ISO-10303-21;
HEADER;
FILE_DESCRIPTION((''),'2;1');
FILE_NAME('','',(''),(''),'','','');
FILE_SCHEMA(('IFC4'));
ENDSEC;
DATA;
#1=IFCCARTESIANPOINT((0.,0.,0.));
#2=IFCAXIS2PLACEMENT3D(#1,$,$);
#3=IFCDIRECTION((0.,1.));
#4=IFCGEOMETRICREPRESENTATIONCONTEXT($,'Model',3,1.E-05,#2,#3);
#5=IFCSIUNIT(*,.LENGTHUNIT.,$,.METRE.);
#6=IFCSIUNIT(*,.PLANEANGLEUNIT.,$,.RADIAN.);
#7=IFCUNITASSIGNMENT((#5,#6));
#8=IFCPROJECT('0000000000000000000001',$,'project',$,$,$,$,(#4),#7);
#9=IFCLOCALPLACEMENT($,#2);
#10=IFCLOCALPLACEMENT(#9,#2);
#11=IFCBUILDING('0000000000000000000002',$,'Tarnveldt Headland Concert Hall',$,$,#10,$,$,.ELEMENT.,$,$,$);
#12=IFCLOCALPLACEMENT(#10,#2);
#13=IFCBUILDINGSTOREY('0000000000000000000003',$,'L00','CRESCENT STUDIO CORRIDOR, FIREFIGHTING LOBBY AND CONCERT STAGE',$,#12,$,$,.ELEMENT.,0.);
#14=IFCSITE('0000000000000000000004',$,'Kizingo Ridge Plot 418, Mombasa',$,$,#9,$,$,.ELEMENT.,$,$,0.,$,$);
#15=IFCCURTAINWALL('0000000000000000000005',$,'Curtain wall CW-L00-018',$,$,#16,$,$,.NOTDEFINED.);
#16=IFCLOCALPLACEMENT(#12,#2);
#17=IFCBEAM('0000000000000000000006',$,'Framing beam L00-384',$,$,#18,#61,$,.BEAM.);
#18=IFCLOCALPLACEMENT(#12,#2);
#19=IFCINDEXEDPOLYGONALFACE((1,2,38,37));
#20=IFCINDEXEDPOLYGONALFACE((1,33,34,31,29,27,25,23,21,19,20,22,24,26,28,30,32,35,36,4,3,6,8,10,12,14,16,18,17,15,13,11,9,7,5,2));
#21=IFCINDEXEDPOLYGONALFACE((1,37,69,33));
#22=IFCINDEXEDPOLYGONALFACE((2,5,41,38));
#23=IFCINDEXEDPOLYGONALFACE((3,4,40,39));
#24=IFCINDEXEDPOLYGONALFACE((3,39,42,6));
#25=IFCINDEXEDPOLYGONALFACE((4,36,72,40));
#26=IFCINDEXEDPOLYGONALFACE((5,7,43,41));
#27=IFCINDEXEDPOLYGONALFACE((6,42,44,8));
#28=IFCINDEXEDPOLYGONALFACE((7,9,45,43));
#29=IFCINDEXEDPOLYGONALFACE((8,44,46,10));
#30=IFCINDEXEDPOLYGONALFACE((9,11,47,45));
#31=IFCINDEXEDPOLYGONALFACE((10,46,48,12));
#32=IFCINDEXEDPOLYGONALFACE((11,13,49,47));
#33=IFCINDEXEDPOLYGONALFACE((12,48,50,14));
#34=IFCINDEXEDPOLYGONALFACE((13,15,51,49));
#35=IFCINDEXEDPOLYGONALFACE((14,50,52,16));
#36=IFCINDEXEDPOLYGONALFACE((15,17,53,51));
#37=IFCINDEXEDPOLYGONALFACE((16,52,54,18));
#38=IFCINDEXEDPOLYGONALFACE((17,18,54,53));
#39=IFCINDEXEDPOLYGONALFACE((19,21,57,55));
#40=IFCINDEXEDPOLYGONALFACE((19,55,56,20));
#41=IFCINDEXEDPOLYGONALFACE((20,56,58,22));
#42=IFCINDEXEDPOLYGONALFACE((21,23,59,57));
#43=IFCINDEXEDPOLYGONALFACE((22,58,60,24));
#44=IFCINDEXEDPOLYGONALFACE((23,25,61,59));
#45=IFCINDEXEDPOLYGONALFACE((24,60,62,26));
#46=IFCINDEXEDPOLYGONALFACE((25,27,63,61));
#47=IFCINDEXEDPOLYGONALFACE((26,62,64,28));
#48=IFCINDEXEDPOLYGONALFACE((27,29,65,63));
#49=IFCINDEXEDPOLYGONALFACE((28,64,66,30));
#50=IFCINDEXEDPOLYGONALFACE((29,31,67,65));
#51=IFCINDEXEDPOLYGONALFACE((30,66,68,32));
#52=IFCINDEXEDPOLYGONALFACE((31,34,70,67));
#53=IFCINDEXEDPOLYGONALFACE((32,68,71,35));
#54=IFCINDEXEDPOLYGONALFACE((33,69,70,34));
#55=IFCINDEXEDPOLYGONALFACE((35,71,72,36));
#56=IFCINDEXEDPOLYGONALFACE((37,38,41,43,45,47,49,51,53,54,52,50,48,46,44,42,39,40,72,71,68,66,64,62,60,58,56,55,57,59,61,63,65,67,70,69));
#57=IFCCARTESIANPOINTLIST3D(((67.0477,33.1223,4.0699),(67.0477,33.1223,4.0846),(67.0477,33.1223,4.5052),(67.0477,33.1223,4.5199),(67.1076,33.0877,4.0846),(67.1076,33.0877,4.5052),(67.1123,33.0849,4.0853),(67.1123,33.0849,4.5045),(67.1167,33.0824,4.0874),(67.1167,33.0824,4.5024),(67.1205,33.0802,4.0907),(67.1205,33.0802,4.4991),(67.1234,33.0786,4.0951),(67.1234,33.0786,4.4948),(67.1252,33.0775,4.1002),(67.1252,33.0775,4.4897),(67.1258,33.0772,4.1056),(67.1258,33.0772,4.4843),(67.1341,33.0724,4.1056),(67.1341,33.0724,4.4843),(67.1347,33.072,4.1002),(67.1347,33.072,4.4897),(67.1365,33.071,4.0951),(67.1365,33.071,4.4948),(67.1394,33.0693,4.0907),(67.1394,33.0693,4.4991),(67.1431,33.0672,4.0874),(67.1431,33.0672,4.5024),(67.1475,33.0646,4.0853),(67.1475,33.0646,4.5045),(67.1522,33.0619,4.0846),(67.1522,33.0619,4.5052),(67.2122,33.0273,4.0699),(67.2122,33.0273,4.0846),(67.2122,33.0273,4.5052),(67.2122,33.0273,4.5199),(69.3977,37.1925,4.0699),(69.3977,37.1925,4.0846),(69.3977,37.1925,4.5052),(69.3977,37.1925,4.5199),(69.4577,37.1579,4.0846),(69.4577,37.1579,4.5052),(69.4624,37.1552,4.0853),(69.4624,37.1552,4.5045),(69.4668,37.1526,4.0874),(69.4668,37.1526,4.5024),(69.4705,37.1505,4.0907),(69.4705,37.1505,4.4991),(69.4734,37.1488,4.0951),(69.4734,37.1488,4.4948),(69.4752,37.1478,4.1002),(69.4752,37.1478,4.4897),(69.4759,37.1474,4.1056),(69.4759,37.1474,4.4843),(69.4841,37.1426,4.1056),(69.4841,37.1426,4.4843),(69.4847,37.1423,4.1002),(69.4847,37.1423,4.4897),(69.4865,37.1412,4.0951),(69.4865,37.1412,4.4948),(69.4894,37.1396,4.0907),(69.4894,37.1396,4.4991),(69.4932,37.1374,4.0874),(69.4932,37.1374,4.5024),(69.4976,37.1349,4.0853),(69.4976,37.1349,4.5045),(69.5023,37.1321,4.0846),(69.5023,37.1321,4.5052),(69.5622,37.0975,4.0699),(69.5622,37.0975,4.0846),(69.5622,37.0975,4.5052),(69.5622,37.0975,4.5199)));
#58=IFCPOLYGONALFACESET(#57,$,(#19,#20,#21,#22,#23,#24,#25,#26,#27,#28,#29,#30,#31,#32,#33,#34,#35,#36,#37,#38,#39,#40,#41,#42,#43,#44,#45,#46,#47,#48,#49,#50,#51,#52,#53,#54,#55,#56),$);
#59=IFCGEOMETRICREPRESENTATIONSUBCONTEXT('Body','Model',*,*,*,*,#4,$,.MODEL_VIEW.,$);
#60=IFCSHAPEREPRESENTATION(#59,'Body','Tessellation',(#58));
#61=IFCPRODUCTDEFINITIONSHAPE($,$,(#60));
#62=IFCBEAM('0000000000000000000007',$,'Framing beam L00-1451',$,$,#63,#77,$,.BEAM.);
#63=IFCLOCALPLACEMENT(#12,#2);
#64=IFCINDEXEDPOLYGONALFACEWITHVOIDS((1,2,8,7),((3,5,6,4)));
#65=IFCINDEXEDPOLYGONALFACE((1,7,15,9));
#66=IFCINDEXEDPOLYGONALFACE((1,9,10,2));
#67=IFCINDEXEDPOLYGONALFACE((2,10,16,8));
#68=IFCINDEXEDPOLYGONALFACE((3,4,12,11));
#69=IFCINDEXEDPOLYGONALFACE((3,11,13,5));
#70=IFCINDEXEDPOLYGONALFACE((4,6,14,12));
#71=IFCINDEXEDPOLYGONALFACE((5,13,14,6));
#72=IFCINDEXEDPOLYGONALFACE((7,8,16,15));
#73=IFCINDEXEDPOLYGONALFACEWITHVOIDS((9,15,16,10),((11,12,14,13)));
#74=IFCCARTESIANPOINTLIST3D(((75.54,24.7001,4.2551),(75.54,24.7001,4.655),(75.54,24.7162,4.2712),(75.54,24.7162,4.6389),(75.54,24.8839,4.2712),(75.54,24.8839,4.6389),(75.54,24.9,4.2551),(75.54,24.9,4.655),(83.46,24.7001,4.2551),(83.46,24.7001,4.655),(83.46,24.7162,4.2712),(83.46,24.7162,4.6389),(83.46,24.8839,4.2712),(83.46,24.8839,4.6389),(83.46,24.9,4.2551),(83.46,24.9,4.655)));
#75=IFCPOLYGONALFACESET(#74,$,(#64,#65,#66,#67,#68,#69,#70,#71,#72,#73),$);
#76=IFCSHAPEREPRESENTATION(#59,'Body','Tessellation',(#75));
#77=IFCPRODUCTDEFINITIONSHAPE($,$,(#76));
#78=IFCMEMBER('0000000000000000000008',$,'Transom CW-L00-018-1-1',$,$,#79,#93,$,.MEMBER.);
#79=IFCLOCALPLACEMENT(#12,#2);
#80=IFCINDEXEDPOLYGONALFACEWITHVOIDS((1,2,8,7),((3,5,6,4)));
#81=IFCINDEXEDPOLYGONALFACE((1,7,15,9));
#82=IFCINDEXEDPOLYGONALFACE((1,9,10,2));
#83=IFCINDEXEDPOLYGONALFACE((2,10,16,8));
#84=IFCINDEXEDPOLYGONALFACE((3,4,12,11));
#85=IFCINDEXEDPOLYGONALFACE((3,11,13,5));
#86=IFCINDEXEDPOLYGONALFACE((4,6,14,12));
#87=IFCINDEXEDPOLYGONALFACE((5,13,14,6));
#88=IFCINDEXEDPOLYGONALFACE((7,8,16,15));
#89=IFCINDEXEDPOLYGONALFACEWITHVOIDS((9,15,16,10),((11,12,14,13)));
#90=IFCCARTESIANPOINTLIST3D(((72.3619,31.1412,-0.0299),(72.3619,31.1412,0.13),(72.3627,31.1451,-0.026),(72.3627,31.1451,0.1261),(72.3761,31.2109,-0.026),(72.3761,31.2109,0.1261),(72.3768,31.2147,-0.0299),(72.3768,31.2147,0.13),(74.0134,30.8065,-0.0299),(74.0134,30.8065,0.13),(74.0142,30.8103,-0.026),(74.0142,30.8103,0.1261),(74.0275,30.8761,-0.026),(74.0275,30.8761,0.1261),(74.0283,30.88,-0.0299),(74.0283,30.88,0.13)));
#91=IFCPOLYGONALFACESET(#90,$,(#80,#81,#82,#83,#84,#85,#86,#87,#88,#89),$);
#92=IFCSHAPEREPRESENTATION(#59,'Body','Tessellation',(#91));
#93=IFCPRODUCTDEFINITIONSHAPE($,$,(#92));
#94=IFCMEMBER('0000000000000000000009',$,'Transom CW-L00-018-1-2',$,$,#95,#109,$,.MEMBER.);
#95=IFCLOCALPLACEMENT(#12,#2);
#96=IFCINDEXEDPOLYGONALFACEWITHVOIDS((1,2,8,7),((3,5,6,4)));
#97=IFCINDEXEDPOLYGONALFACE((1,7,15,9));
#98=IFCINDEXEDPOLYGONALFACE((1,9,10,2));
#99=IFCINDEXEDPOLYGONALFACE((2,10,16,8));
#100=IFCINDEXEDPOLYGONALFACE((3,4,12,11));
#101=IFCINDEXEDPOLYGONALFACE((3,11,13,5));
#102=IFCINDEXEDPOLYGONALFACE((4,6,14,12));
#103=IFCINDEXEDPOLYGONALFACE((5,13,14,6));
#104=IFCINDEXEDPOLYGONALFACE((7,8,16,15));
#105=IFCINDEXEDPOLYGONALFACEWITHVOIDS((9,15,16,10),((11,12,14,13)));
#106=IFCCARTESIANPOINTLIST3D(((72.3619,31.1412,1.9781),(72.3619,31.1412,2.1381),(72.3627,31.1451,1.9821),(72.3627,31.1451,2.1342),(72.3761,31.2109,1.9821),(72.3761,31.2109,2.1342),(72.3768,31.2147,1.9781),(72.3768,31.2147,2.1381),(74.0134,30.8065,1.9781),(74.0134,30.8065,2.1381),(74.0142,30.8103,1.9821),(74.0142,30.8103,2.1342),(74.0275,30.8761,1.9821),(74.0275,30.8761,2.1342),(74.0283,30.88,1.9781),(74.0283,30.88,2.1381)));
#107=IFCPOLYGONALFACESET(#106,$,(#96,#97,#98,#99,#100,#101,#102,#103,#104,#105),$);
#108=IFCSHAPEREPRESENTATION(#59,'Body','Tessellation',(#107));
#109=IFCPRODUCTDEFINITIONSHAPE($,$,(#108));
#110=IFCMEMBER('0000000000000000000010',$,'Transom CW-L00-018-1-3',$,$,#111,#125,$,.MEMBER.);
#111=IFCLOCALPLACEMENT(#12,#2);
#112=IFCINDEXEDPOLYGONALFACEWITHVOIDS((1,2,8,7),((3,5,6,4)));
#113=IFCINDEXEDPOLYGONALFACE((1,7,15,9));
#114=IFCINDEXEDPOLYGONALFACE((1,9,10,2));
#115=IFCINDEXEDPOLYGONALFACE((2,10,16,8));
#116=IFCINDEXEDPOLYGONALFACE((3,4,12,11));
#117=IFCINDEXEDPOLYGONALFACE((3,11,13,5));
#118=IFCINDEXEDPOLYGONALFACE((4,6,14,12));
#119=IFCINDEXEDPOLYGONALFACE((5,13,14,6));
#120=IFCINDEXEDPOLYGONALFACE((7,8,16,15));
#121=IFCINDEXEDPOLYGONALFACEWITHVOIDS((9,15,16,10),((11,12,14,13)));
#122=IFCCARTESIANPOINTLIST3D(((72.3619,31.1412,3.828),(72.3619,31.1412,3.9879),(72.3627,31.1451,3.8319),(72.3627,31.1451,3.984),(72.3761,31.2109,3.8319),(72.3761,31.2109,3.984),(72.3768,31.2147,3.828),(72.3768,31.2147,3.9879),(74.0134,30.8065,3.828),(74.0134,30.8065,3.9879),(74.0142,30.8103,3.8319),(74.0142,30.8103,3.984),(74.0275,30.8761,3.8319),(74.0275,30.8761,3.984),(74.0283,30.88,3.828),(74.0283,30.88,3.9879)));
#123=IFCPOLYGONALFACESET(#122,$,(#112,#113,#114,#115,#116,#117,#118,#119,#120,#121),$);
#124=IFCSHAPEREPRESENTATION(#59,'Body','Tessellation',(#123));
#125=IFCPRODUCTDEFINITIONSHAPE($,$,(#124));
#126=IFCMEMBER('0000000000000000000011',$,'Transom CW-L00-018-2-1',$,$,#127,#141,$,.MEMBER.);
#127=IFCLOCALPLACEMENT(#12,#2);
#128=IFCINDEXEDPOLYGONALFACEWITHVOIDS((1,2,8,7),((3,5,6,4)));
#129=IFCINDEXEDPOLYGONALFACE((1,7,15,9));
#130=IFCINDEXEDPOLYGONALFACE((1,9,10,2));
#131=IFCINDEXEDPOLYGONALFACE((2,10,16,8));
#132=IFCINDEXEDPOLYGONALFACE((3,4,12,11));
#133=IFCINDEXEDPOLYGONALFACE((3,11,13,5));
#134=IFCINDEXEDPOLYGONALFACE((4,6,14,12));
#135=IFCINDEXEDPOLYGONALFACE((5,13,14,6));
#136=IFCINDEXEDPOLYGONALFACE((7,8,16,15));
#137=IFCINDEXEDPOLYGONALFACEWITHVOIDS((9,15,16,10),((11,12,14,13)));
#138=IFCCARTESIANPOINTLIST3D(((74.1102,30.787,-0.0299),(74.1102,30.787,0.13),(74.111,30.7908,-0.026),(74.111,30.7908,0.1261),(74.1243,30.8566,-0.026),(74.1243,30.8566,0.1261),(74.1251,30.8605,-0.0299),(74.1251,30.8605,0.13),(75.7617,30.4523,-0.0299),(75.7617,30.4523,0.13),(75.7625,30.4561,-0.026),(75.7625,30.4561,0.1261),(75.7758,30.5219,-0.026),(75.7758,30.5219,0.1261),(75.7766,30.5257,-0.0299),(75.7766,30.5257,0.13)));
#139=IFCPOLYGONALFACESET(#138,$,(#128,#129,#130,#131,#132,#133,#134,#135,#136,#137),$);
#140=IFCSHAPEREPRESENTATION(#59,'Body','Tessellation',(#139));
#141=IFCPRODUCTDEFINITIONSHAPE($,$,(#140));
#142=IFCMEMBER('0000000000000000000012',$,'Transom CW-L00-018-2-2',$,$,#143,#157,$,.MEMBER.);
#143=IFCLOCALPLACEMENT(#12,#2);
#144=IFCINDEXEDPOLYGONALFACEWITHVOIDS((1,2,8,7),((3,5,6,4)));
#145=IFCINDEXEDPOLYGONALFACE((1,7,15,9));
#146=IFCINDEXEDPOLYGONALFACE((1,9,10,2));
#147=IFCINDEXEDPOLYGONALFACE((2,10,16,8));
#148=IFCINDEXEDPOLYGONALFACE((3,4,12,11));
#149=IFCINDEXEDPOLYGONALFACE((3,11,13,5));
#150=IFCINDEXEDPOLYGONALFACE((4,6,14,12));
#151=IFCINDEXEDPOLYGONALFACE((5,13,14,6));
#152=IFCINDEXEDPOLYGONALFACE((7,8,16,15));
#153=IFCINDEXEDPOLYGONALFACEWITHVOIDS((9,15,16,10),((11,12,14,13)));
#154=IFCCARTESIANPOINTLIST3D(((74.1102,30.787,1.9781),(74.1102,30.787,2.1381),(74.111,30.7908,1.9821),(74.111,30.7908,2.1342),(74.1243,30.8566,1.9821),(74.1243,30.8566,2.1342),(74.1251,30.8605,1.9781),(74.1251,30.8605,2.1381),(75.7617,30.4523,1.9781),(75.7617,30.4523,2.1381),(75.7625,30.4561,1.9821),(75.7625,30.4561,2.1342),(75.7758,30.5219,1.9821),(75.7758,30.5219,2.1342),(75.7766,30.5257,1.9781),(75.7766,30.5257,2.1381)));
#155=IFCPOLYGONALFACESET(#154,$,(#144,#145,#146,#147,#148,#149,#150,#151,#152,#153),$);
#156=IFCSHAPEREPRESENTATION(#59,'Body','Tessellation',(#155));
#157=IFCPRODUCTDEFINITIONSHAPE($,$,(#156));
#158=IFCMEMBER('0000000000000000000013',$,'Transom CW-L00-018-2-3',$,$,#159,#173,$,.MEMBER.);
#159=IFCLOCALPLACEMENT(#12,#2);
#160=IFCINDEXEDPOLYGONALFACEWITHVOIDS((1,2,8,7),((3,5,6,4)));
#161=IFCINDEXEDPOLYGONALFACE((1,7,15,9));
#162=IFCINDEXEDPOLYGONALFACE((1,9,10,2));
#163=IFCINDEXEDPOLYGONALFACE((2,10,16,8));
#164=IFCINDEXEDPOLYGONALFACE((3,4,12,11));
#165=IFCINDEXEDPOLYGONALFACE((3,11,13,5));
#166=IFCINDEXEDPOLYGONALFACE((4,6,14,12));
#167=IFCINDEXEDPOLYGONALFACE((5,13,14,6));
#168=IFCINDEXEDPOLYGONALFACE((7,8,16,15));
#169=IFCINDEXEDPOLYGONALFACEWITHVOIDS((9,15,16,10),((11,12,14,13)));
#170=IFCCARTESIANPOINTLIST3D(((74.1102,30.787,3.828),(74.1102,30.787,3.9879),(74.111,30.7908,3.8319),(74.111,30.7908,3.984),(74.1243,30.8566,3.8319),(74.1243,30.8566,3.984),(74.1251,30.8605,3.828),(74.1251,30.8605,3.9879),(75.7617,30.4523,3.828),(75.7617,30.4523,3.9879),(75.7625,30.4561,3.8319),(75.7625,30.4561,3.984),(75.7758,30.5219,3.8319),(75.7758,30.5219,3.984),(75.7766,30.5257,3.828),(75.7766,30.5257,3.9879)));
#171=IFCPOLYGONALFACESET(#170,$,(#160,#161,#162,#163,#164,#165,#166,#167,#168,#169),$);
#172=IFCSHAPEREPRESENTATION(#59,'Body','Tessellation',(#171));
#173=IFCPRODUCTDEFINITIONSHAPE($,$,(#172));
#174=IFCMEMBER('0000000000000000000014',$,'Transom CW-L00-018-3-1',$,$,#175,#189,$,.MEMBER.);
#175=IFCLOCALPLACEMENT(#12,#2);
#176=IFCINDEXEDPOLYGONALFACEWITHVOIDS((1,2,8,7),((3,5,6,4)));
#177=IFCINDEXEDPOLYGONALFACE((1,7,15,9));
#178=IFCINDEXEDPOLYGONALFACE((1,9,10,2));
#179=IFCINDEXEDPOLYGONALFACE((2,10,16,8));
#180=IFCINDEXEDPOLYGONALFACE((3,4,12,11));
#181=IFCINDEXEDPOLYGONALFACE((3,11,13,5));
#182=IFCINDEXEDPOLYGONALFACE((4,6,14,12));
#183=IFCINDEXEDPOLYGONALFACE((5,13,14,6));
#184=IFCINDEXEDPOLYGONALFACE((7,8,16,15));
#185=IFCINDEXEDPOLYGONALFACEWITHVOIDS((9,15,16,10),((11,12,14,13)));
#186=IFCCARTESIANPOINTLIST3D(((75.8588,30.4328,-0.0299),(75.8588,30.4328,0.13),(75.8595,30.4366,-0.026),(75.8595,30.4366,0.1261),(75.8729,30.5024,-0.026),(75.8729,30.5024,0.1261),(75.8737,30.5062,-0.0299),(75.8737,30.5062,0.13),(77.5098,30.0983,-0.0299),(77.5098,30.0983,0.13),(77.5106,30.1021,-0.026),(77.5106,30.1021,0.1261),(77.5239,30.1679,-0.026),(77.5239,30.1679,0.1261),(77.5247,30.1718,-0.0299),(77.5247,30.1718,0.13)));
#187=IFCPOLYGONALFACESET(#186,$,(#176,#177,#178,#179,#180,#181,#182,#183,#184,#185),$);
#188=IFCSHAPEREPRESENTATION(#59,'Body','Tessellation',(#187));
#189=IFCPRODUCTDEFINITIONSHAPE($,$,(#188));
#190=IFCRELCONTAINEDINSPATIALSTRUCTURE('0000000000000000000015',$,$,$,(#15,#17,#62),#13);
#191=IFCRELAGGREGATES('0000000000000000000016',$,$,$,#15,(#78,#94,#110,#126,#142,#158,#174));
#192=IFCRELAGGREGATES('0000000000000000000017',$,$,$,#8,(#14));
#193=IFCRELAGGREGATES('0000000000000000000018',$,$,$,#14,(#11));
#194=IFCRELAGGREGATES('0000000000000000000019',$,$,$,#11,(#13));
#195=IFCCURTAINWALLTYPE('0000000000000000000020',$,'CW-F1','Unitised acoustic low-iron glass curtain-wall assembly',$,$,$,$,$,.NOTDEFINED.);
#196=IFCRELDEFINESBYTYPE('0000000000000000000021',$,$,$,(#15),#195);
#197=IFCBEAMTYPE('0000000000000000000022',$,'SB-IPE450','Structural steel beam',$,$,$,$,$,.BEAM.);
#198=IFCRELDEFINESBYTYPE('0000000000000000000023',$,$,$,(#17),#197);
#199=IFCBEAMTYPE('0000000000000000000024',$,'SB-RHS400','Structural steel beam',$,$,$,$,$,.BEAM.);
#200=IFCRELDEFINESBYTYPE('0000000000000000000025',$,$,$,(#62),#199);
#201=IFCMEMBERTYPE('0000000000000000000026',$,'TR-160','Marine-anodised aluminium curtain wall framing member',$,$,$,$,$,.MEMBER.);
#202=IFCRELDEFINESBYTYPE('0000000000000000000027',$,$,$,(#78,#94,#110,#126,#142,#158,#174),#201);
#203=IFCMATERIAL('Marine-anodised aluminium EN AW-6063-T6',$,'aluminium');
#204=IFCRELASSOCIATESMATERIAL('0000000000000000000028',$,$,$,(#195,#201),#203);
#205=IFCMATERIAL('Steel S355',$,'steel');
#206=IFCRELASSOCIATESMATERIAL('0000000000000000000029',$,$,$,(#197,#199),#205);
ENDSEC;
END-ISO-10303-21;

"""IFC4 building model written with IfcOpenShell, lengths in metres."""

from ifc_helpers import new_model, si_unit, direction, frame, origin, origin_2d, place, context, subcontext, project, spatial, hollow_rectangle, i_section, extrude, material, material_profile, profile_set, type_object, element, aggregate, save


model = new_model("IFC4")

# Units and contexts
model_context = context("Model", 3, precision=1e-05, world=origin(), true_north=direction((0.0, 1.0)))
body_context = subcontext(model_context, "Body", "Model", "MODEL_VIEW")
ifc_project = project(units=[si_unit("LENGTHUNIT", "METRE"), si_unit("PLANEANGLEUNIT", "RADIAN")], contexts=[model_context])

# Site, building, storey
site_placement = place(None, origin())
site = spatial("IfcSite", under=ifc_project, at=site_placement, Name="Kizingo Ridge Plot 418, Mombasa", CompositionType="ELEMENT", RefElevation=0.0)
building_placement = place(site_placement, origin())
building = spatial("IfcBuilding", under=site, at=building_placement, Name="Tarnveldt Headland Concert Hall", CompositionType="ELEMENT")
storey_placement = place(building_placement, origin())
storey = spatial("IfcBuildingStorey", under=building, at=storey_placement, Name="L00", Description="CRESCENT STUDIO CORRIDOR, FIREFIGHTING LOBBY AND CONCERT STAGE", CompositionType="ELEMENT", Elevation=0.0)

# Shared definitions
ifc_material_1 = material(Name="Steel S355", Category="steel")

# Shared definitions
ifc_material_2 = material(Name="Marine-anodised aluminium EN AW-6063-T6", Category="aluminium")

# Curtain wall
curtain_wall_type_1 = type_object("IfcCurtainWallType", Name="CW-F1", Description="Unitised acoustic low-iron glass curtain-wall assembly", PredefinedType="NOTDEFINED", material=ifc_material_2)
curtain_wall_1_placement = place(storey_placement, origin())
curtain_wall_1 = element("IfcCurtainWall", 1, at=curtain_wall_1_placement, inside=storey, type_object=curtain_wall_type_1, Name="Curtain wall CW-L00-018", PredefinedType="NOTDEFINED")

# Beams
ifc_material_profile_1 = material_profile(ifc_material_1, i_section(OverallWidth=0.1899, OverallDepth=0.45, WebThickness=0.0095, FlangeThickness=0.0146, FilletRadius=0.021, at=origin_2d()), Name="IPE450", Category="steel")
ifc_profile_set_1 = profile_set([ifc_material_profile_1], Name="Steel S355")
beam_type_1 = type_object("IfcBeamType", Name="SB-IPE450", Description="Structural steel beam", PredefinedType="BEAM", material=ifc_profile_set_1)
beam_1_placement = place(storey_placement, frame((69.48, 37.145, 4.2949), z_axis=(-0.500016, -0.866016, 0.0), x_axis=(0.866016, -0.500016, 0.0)))
element("IfcBeam", 2, at=beam_1_placement, inside=storey, type_object=beam_type_1, Name="Framing beam L00-384", PredefinedType="BEAM", context=body_context, shape_type="SweptSolid", body=[
    extrude(i_section(OverallWidth=0.1899, OverallDepth=0.45, WebThickness=0.0095, FlangeThickness=0.0146, FilletRadius=0.021, at=origin_2d()), origin(), (0.0, 0.0, 1.0), 4.7),
])
ifc_material_profile_2 = material_profile(ifc_material_1, hollow_rectangle(XDim=0.2, YDim=0.3999, WallThickness=0.0161, at=origin_2d()), Name="RHS 400x200x16", Category="steel")
ifc_profile_set_2 = profile_set([ifc_material_profile_2], Name="Steel S355")
beam_type_2 = type_object("IfcBeamType", Name="SB-RHS400", Description="Structural steel beam", PredefinedType="BEAM", material=ifc_profile_set_2)
beam_2_placement = place(storey_placement, frame((75.54, 24.8, 4.4551), z_axis=(1.0, 0.0, 0.0), x_axis=(0.0, 1.0, 0.0)))
element("IfcBeam", 3, at=beam_2_placement, inside=storey, type_object=beam_type_2, Name="Framing beam L00-1451", PredefinedType="BEAM", context=body_context, shape_type="SweptSolid", body=[
    extrude(hollow_rectangle(XDim=0.2, YDim=0.3999, WallThickness=0.0161, at=origin_2d()), origin(), (0.0, 0.0, 1.0), 7.9199),
])

# Members
ifc_material_profile_3 = material_profile(ifc_material_2, hollow_rectangle(XDim=0.075, YDim=0.1599, WallThickness=0.0039, at=origin_2d()), Name="ALU TRANSOM 75x160x4", Category="aluminium")
ifc_profile_set_3 = profile_set([ifc_material_profile_3], Name="Marine-anodised aluminium EN AW-6063-T6")
member_type_1 = type_object("IfcMemberType", Name="TR-160", Description="Marine-anodised aluminium curtain wall framing member", PredefinedType="MEMBER", material=ifc_profile_set_3)
member_1_placement = place(storey_placement, frame((72.3694, 31.178, 0.05), z_axis=(0.98007, -0.198651, 0.0), x_axis=(0.198651, 0.98007, 0.0)))
member_1 = element("IfcMember", 4, at=member_1_placement, type_object=member_type_1, Name="Transom CW-L00-018-1-1", PredefinedType="MEMBER", context=body_context, shape_type="SweptSolid", body=[
    extrude(hollow_rectangle(XDim=0.075, YDim=0.1599, WallThickness=0.0039, at=origin_2d()), origin(), (0.0, 0.0, 1.0), 1.6851),
])
member_2_placement = place(storey_placement, frame((72.3694, 31.178, 2.0581), z_axis=(0.98007, -0.198651, 0.0), x_axis=(0.198651, 0.98007, 0.0)))
member_2 = element("IfcMember", 5, at=member_2_placement, type_object=member_type_1, Name="Transom CW-L00-018-1-2", PredefinedType="MEMBER", context=body_context, shape_type="SweptSolid", body=[
    extrude(hollow_rectangle(XDim=0.075, YDim=0.1599, WallThickness=0.0039, at=origin_2d()), origin(), (0.0, 0.0, 1.0), 1.6851),
])
member_3_placement = place(storey_placement, frame((72.3694, 31.178, 3.908), z_axis=(0.98007, -0.198651, 0.0), x_axis=(0.198651, 0.98007, 0.0)))
member_3 = element("IfcMember", 6, at=member_3_placement, type_object=member_type_1, Name="Transom CW-L00-018-1-3", PredefinedType="MEMBER", context=body_context, shape_type="SweptSolid", body=[
    extrude(hollow_rectangle(XDim=0.075, YDim=0.1599, WallThickness=0.0039, at=origin_2d()), origin(), (0.0, 0.0, 1.0), 1.6851),
])
member_4_placement = place(storey_placement, frame((74.1177, 30.8237, 0.05), z_axis=(0.98007, -0.198651, 0.0), x_axis=(0.198651, 0.98007, 0.0)))
member_4 = element("IfcMember", 7, at=member_4_placement, type_object=member_type_1, Name="Transom CW-L00-018-2-1", PredefinedType="MEMBER", context=body_context, shape_type="SweptSolid", body=[
    extrude(hollow_rectangle(XDim=0.075, YDim=0.1599, WallThickness=0.0039, at=origin_2d()), origin(), (0.0, 0.0, 1.0), 1.6851),
])
member_5_placement = place(storey_placement, frame((74.1177, 30.8237, 2.0581), z_axis=(0.98007, -0.198651, 0.0), x_axis=(0.198651, 0.98007, 0.0)))
member_5 = element("IfcMember", 8, at=member_5_placement, type_object=member_type_1, Name="Transom CW-L00-018-2-2", PredefinedType="MEMBER", context=body_context, shape_type="SweptSolid", body=[
    extrude(hollow_rectangle(XDim=0.075, YDim=0.1599, WallThickness=0.0039, at=origin_2d()), origin(), (0.0, 0.0, 1.0), 1.6851),
])
member_6_placement = place(storey_placement, frame((74.1177, 30.8237, 3.908), z_axis=(0.98007, -0.198651, 0.0), x_axis=(0.198651, 0.98007, 0.0)))
member_6 = element("IfcMember", 9, at=member_6_placement, type_object=member_type_1, Name="Transom CW-L00-018-2-3", PredefinedType="MEMBER", context=body_context, shape_type="SweptSolid", body=[
    extrude(hollow_rectangle(XDim=0.075, YDim=0.1599, WallThickness=0.0039, at=origin_2d()), origin(), (0.0, 0.0, 1.0), 1.6851),
])
member_7_placement = place(storey_placement, frame((75.8662, 30.4695, 0.05), z_axis=(0.980093, -0.19854, 0.0), x_axis=(0.19854, 0.980093, 0.0)))
member_7 = element("IfcMember", 10, at=member_7_placement, type_object=member_type_1, Name="Transom CW-L00-018-3-1", PredefinedType="MEMBER", context=body_context, shape_type="SweptSolid", body=[
    extrude(hollow_rectangle(XDim=0.075, YDim=0.1599, WallThickness=0.0039, at=origin_2d()), origin(), (0.0, 0.0, 1.0), 1.6846),
])

aggregate(curtain_wall_1, [member_1, member_2, member_3, member_4, member_5, member_6, member_7])

save(model, "model.ifc")
